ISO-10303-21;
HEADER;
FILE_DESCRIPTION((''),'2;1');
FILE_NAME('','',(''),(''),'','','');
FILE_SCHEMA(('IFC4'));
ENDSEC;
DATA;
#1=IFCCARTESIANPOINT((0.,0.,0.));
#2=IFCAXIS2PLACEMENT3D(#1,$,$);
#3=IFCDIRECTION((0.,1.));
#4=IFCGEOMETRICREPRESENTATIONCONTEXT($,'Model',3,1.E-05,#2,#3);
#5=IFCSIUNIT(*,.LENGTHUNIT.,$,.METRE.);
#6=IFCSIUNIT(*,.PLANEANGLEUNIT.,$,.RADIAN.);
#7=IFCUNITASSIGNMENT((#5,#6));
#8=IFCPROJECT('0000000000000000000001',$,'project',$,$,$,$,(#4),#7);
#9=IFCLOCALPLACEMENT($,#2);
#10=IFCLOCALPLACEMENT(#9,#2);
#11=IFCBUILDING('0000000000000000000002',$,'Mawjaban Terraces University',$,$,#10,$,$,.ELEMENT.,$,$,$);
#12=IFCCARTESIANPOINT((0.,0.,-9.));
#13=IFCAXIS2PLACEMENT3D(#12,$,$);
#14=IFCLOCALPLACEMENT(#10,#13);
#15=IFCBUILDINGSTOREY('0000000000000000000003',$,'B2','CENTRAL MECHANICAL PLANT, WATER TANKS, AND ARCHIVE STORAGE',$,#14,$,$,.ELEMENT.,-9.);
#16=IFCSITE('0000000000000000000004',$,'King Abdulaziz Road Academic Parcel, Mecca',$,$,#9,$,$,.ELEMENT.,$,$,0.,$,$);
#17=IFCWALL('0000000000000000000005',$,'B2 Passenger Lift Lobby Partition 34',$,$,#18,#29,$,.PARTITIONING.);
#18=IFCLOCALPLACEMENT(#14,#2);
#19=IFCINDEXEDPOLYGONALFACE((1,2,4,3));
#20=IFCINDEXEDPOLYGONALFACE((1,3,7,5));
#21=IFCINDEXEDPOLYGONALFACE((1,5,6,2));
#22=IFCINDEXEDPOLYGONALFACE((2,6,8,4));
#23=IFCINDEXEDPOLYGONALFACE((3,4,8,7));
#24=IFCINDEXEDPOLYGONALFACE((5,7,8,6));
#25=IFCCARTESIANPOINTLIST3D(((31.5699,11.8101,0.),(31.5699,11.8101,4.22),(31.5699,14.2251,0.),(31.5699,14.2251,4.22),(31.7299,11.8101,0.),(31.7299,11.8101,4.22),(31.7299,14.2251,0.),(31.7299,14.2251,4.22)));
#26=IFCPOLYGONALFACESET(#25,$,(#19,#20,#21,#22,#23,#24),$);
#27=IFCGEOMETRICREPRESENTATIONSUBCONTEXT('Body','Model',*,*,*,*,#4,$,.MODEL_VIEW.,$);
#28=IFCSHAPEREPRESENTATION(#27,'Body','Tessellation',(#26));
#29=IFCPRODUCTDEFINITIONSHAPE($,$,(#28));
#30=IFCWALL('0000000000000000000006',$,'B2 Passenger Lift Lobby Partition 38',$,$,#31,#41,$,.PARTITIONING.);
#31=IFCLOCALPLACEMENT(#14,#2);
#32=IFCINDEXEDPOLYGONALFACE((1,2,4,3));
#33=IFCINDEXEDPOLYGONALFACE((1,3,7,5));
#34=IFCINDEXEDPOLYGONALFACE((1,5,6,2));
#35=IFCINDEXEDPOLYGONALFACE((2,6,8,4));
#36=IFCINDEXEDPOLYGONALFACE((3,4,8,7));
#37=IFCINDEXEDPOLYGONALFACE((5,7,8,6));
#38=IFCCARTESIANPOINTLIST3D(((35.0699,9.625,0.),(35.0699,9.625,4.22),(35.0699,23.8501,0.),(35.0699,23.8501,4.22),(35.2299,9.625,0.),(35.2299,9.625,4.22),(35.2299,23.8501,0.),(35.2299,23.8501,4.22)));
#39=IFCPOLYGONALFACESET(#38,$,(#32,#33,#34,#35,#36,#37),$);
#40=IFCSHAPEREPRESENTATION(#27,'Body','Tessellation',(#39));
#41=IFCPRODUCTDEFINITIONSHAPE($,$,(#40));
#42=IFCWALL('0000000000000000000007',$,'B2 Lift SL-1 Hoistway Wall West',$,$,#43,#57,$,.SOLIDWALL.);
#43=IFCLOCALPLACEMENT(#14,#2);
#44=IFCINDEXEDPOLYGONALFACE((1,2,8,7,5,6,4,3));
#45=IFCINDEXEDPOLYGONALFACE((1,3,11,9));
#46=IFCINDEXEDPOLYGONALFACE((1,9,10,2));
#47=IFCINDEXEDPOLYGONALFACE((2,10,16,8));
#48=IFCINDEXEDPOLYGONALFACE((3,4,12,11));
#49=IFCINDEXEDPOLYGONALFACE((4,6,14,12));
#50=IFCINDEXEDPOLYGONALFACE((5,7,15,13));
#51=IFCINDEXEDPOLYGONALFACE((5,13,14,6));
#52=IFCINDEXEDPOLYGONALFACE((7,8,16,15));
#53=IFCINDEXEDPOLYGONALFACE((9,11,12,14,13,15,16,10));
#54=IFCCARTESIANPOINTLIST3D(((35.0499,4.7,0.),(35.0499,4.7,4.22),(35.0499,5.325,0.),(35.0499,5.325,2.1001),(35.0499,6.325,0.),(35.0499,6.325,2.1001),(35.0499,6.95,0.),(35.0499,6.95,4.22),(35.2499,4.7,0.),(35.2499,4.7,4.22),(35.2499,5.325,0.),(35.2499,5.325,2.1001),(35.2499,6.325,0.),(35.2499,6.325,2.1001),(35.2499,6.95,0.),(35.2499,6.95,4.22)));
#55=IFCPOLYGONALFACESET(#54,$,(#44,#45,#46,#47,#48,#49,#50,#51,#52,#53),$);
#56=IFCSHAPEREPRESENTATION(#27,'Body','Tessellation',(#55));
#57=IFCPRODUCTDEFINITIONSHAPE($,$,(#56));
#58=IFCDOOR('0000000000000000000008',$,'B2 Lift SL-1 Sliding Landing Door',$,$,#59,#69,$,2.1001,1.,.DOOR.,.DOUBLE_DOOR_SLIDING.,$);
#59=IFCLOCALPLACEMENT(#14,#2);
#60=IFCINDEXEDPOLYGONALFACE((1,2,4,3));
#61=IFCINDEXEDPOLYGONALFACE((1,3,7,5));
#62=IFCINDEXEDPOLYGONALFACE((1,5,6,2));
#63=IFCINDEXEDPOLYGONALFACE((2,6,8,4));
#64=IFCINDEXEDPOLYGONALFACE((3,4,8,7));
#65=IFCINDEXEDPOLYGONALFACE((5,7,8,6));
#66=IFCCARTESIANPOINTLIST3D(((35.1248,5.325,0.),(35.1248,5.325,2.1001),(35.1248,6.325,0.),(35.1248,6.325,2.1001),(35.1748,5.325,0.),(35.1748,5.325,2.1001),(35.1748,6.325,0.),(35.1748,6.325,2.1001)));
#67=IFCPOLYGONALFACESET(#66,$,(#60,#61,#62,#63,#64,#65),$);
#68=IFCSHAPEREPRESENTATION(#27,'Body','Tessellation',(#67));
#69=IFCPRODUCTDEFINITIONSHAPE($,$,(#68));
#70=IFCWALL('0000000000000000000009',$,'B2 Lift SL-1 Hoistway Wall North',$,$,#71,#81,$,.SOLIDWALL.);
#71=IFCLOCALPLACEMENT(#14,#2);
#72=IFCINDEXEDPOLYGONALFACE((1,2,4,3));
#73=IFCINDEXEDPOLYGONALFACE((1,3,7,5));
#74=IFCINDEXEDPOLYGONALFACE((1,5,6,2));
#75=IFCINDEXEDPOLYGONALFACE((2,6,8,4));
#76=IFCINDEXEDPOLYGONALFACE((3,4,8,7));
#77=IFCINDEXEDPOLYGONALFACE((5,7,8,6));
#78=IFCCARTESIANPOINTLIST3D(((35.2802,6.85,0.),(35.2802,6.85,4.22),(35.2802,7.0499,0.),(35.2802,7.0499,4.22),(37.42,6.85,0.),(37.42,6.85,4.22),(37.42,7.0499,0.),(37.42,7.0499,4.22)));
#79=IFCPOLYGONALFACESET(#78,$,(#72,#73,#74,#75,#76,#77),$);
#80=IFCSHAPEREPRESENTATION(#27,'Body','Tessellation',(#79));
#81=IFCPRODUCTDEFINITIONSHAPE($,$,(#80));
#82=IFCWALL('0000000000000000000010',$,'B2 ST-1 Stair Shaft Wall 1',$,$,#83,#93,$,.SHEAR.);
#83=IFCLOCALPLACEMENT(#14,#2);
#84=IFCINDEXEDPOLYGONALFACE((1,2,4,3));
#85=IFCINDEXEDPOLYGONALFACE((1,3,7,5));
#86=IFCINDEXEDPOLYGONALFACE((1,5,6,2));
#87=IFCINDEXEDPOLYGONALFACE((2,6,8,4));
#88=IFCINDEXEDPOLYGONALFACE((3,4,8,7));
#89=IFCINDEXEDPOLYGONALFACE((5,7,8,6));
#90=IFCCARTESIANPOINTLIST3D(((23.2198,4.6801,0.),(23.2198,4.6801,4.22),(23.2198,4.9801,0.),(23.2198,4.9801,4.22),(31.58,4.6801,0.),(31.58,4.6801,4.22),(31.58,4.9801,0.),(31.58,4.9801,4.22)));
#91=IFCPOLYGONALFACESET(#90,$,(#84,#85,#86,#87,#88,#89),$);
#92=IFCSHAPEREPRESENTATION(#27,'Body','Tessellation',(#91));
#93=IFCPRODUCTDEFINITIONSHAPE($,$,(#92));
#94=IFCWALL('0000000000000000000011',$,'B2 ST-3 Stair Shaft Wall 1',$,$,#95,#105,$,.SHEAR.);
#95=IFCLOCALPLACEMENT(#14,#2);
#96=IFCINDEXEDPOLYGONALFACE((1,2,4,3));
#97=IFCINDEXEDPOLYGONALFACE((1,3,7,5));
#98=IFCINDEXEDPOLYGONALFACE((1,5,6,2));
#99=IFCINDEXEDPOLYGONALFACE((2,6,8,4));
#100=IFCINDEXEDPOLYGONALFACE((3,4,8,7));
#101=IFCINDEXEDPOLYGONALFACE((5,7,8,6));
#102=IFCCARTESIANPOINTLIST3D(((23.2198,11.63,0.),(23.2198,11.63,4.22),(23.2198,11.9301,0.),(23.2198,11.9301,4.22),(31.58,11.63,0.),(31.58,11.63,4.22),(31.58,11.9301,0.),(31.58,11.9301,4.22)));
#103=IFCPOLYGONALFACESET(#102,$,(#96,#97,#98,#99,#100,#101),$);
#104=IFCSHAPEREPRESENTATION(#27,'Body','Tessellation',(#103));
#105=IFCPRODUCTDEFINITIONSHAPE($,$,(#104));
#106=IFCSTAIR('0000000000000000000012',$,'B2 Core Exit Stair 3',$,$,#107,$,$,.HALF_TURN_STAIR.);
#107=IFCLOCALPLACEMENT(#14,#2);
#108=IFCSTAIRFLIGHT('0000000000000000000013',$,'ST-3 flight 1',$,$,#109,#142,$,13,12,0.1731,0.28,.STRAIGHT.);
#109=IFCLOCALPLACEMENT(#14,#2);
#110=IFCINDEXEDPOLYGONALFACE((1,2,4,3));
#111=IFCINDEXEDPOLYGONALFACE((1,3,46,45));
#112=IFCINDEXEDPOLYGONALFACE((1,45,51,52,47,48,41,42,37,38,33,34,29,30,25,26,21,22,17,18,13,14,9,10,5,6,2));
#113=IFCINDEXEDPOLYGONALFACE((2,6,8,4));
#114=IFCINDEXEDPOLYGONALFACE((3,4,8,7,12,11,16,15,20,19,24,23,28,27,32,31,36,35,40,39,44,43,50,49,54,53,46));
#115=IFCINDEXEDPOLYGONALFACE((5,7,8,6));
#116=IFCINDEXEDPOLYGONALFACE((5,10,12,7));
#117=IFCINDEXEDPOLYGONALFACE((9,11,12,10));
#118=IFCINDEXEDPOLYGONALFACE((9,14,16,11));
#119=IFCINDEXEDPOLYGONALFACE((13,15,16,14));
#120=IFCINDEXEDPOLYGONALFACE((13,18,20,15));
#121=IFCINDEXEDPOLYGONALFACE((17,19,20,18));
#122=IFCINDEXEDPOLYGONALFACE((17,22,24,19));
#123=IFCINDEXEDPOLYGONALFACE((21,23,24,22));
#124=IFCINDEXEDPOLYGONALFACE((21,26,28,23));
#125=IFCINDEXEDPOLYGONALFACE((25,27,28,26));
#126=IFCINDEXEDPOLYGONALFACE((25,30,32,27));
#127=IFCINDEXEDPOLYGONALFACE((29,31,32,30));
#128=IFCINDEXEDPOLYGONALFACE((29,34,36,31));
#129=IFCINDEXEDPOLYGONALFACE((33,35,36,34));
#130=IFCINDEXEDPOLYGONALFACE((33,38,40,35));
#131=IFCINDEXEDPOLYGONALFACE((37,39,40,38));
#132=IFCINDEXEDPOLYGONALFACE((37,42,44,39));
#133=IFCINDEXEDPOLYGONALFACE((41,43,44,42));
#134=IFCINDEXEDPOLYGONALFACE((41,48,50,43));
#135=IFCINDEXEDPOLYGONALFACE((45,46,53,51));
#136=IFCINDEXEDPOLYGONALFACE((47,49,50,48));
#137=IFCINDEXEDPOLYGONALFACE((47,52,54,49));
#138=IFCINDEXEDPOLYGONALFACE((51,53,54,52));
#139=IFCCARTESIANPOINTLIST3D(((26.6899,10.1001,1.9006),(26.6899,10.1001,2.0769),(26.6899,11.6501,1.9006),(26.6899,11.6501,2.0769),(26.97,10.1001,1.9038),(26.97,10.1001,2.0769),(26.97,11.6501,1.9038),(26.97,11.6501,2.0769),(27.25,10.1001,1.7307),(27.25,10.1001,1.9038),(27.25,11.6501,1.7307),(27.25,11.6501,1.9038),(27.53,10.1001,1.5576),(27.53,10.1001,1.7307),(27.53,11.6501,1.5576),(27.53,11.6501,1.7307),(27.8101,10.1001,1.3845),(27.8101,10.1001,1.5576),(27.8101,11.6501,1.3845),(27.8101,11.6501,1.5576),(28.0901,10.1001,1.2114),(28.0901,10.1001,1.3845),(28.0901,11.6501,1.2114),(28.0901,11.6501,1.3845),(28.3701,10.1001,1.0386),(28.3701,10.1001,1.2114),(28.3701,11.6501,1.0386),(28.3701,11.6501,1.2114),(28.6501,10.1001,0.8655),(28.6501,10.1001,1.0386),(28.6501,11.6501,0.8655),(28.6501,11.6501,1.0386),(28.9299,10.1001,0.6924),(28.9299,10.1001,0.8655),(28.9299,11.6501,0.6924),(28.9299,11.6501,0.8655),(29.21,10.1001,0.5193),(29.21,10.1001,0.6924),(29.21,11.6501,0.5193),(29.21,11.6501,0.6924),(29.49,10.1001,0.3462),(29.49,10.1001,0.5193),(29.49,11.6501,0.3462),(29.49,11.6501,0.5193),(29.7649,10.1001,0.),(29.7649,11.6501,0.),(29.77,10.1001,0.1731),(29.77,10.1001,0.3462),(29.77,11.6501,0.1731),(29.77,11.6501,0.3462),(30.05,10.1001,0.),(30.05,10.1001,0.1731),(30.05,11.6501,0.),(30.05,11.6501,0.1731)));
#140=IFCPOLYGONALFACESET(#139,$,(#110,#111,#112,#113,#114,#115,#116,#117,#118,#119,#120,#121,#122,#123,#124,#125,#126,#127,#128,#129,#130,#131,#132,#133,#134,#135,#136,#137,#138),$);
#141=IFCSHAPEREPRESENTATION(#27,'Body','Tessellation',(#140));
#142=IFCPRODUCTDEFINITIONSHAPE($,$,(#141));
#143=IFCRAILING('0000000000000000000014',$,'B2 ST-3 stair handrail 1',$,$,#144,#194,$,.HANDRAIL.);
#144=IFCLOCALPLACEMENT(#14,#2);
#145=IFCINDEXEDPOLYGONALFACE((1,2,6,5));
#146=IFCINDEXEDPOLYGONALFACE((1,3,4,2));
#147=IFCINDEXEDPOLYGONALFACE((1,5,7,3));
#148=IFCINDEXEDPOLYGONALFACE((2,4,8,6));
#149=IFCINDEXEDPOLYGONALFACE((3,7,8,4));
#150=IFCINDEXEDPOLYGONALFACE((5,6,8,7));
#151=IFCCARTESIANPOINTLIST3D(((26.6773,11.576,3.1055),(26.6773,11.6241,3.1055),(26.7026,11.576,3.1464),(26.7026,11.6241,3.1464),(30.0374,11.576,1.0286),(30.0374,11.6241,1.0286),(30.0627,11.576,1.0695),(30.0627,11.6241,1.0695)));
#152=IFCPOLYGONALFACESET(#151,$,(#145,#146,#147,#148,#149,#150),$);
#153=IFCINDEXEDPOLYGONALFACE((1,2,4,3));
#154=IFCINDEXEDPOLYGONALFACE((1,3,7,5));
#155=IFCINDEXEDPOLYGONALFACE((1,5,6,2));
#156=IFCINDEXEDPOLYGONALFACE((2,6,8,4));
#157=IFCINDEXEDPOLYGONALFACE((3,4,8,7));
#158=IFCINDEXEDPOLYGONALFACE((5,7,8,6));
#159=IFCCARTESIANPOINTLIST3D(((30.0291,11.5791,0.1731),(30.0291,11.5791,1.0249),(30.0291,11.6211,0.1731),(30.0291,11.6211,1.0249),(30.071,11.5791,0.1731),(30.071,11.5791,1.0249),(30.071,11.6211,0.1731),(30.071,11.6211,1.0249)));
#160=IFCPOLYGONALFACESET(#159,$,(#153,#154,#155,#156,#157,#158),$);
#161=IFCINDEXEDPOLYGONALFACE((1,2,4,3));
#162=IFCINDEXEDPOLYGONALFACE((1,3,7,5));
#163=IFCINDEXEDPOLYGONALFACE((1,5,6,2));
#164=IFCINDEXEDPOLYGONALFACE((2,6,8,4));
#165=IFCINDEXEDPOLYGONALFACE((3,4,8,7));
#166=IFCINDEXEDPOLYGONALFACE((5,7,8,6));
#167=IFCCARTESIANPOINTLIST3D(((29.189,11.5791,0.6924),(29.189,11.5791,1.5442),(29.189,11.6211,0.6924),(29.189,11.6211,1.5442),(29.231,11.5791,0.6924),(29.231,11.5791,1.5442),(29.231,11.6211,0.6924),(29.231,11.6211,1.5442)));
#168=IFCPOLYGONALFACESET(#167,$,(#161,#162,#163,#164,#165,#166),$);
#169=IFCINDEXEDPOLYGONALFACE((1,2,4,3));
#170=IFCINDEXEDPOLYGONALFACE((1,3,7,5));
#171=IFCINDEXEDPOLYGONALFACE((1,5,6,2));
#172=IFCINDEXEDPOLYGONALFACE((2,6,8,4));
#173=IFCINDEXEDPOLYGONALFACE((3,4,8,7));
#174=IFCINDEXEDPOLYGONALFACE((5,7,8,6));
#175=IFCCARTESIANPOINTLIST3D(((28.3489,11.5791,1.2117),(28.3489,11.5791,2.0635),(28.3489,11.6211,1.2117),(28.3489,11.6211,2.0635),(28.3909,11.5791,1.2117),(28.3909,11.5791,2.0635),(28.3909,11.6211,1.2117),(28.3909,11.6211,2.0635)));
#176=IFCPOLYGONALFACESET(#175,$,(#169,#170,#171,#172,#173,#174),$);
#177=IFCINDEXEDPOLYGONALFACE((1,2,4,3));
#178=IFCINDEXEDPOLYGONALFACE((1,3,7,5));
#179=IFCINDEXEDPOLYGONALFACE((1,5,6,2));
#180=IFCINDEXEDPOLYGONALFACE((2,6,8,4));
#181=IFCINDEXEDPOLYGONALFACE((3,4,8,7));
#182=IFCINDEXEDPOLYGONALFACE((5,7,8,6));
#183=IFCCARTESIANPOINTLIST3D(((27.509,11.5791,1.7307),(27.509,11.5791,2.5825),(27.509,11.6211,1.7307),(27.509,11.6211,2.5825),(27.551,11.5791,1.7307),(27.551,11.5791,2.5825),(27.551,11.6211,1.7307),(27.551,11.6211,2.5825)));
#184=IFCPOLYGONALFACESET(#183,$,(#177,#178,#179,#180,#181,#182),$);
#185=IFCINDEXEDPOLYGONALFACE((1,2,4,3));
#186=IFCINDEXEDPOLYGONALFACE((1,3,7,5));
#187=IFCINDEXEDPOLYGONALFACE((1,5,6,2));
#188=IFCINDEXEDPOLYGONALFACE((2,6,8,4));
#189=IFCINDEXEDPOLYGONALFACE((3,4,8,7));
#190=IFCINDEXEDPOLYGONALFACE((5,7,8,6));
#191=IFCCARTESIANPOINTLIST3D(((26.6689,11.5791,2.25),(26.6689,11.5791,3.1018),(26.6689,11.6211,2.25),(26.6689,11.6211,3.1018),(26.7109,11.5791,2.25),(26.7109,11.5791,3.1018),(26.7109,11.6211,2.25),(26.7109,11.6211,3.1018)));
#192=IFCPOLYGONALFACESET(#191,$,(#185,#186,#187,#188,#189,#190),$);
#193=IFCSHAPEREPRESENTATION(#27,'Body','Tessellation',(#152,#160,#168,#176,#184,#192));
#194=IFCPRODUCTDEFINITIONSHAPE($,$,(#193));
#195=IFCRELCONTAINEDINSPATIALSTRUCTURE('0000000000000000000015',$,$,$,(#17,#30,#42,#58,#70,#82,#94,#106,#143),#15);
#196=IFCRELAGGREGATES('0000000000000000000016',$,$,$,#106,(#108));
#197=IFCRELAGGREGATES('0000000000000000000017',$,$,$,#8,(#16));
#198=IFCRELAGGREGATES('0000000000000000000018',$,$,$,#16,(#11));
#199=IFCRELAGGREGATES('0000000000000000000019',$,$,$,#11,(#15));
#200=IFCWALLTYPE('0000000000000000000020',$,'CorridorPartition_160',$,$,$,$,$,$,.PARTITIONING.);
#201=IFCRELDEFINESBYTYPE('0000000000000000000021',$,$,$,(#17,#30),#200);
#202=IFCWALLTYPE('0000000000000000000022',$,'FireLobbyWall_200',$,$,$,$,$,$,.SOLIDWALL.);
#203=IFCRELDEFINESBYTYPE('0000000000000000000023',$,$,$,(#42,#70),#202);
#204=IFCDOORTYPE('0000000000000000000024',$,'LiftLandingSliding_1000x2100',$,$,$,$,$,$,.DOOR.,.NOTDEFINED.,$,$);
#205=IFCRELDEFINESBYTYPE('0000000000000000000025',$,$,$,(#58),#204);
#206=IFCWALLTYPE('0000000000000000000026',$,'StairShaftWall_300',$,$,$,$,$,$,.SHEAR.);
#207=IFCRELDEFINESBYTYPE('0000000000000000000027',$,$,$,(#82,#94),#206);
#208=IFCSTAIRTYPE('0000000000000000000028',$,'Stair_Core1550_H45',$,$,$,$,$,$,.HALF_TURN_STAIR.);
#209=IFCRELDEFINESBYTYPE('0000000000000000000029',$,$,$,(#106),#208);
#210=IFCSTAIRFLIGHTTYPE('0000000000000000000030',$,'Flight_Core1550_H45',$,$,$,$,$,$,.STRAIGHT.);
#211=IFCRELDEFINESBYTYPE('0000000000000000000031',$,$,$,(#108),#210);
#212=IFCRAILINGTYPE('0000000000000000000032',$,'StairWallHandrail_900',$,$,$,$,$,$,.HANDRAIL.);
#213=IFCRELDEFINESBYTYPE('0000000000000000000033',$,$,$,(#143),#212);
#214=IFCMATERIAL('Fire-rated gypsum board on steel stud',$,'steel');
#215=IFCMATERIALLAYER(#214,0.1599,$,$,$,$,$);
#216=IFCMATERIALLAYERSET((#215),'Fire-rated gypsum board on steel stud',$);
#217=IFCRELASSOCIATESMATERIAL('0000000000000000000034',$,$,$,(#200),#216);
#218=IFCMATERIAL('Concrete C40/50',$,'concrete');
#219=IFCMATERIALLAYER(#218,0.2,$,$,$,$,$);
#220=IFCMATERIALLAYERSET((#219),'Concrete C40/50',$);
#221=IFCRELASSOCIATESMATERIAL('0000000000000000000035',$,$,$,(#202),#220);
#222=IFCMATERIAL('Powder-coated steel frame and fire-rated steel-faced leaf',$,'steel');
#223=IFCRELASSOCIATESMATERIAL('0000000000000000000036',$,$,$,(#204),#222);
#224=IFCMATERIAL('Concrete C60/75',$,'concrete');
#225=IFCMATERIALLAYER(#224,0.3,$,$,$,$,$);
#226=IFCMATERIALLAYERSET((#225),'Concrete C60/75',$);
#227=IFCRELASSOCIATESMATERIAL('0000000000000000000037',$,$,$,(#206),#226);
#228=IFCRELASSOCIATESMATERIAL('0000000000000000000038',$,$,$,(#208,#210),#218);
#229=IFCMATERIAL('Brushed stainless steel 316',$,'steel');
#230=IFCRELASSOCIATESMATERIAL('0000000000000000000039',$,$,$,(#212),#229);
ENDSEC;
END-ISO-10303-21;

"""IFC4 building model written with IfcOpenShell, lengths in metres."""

from ifc_helpers import new_model, si_unit, direction, frame, frame_2d, origin, origin_2d, place, context, subcontext, project, spatial, polyline, rectangle, outline, extrude, material, layer, layer_set, type_object, element, fill, aggregate, save


model = new_model("IFC4")

# Units and contexts
model_context = context("Model", 3, precision=1e-05, world=origin(), true_north=direction((0.0, 1.0)))
body_context = subcontext(model_context, "Body", "Model", "MODEL_VIEW")
ifc_project = project(units=[si_unit("LENGTHUNIT", "METRE"), si_unit("PLANEANGLEUNIT", "RADIAN")], contexts=[model_context])

# Site, building, storey
site_placement = place(None, origin())
site = spatial("IfcSite", under=ifc_project, at=site_placement, Name="King Abdulaziz Road Academic Parcel, Mecca", CompositionType="ELEMENT", RefElevation=0.0)
building_placement = place(site_placement, origin())
building = spatial("IfcBuilding", under=site, at=building_placement, Name="Mawjaban Terraces University", CompositionType="ELEMENT")
storey_placement = place(building_placement, frame((0.0, 0.0, -9.0)))
storey = spatial("IfcBuildingStorey", under=building, at=storey_placement, Name="B2", Description="CENTRAL MECHANICAL PLANT, WATER TANKS, AND ARCHIVE STORAGE", CompositionType="ELEMENT", Elevation=-9.0)

# Walls
ifc_material_1 = material(Name="Fire-rated gypsum board on steel stud", Category="steel")
ifc_layer_1 = layer(ifc_material_1, 0.1599)
ifc_layer_set_1 = layer_set([ifc_layer_1], Name="Fire-rated gypsum board on steel stud")
wall_type_1 = type_object("IfcWallType", Name="CorridorPartition_160", PredefinedType="PARTITIONING", material=ifc_layer_set_1)
wall_1_placement = place(storey_placement, frame((31.6499, 14.2251, 0.0), z_axis=(0.0, 0.0, 1.0), x_axis=(0.0, -1.0, 0.0)))
element("IfcWall", 1, at=wall_1_placement, inside=storey, type_object=wall_type_1, Name="B2 Passenger Lift Lobby Partition 34", PredefinedType="PARTITIONING", context=body_context, shape_type="SweptSolid", body=[
    extrude(rectangle(XDim=2.415, YDim=0.1599, at=frame_2d((1.2075, 0.0))), origin(), (0.0, 0.0, 1.0), 4.22),
])
wall_2_placement = place(storey_placement, frame((35.1499, 9.625, 0.0), z_axis=(0.0, 0.0, 1.0), x_axis=(0.0, 1.0, 0.0)))
element("IfcWall", 2, at=wall_2_placement, inside=storey, type_object=wall_type_1, Name="B2 Passenger Lift Lobby Partition 38", PredefinedType="PARTITIONING", context=body_context, shape_type="SweptSolid", body=[
    extrude(rectangle(XDim=14.2251, YDim=0.1599, at=frame_2d((7.1125, 0.0))), origin(), (0.0, 0.0, 1.0), 4.22),
])

# Wall, opening, door
ifc_material_2 = material(Name="Concrete C40/50", Category="concrete")
ifc_layer_2 = layer(ifc_material_2, 0.2)
ifc_layer_set_2 = layer_set([ifc_layer_2], Name="Concrete C40/50")
wall_type_2 = type_object("IfcWallType", Name="FireLobbyWall_200", PredefinedType="SOLIDWALL", material=ifc_layer_set_2)
wall_3_placement = place(storey_placement, frame((35.1499, 6.95, 0.0), z_axis=(0.0, 0.0, 1.0), x_axis=(0.0, -1.0, 0.0)))
wall_3 = element("IfcWall", 3, at=wall_3_placement, inside=storey, type_object=wall_type_2, Name="B2 Lift SL-1 Hoistway Wall West", PredefinedType="SOLIDWALL", context=body_context, shape_type="SweptSolid", body=[
    extrude(rectangle(XDim=2.25, YDim=0.2, at=frame_2d((1.125, 0.0))), origin(), (0.0, 0.0, 1.0), 4.22),
])
opening_1_placement = place(wall_3_placement, frame((0.625, 0.0, 0.0)))
opening_1 = element("IfcOpeningElement", 4, at=opening_1_placement, cuts=wall_3, PredefinedType="OPENING", context=body_context, shape_type="SweptSolid", body=[
    extrude(rectangle(XDim=1.0, YDim=2.1001, at=frame_2d((0.5, 1.05))), frame((0.0, 0.1099, 0.0), z_axis=(0.0, -1.0, 0.0), x_axis=(1.0, 0.0, 0.0)), (0.0, 0.0, 1.0), 0.22),
])
ifc_material_3 = material(Name="Powder-coated steel frame and fire-rated steel-faced leaf", Category="steel")
door_type_1 = type_object("IfcDoorType", Name="LiftLandingSliding_1000x2100", OperationType="NOTDEFINED", PredefinedType="DOOR", material=ifc_material_3)
door_1_placement = place(opening_1_placement, origin())
door_1 = element("IfcDoor", 5, at=door_1_placement, inside=storey, type_object=door_type_1, Name="B2 Lift SL-1 Sliding Landing Door", OperationType="DOUBLE_DOOR_SLIDING", OverallHeight=2.1001, OverallWidth=1.0, PredefinedType="DOOR", context=body_context, shape_type="SweptSolid", body=[
    extrude(rectangle(XDim=1.0, YDim=2.1001, at=frame_2d((0.5, 1.05))), frame((0.0, 0.0249, 0.0), z_axis=(0.0, -1.0, 0.0), x_axis=(1.0, 0.0, 0.0)), (0.0, 0.0, 1.0), 0.05),
])
fill(opening_1, door_1)

# Walls
wall_4_placement = place(storey_placement, frame((37.4199, 6.95, 0.0), z_axis=(0.0, 0.0, 1.0), x_axis=(-1.0, 0.0, 0.0)))
element("IfcWall", 6, at=wall_4_placement, inside=storey, type_object=wall_type_2, Name="B2 Lift SL-1 Hoistway Wall North", PredefinedType="SOLIDWALL", context=body_context, shape_type="SweptSolid", body=[
    extrude(rectangle(XDim=2.1399, YDim=0.2, at=frame_2d((1.0698, 0.0))), origin(), (0.0, 0.0, 1.0), 4.22),
])
ifc_material_4 = material(Name="Concrete C60/75", Category="concrete")
ifc_layer_3 = layer(ifc_material_4, 0.3)
ifc_layer_set_3 = layer_set([ifc_layer_3], Name="Concrete C60/75")
wall_type_3 = type_object("IfcWallType", Name="StairShaftWall_300", PredefinedType="SHEAR", material=ifc_layer_set_3)
for number, where, z_axis, x_axis, name in (
    (7, (31.5801, 4.8301, 0.0), (0.0, 0.0, 1.0), (-1.0, 0.0, 0.0), "B2 ST-1 Stair Shaft Wall 1"),
    (8, (31.5801, 11.78, 0.0), (0.0, 0.0, 1.0), (-1.0, 0.0, 0.0), "B2 ST-3 Stair Shaft Wall 1"),
):
    element("IfcWall", number, at=place(storey_placement, frame(where, z_axis=z_axis, x_axis=x_axis)), inside=storey, type_object=wall_type_3, Name=name, PredefinedType="SHEAR", context=body_context, shape_type="SweptSolid", body=[
        extrude(rectangle(XDim=8.3601, YDim=0.3, at=frame_2d((4.1802, 0.0))), origin(), (0.0, 0.0, 1.0), 4.22),
    ])

# Stair, stair flight
stair_type = type_object("IfcStairType", Name="Stair_Core1550_H45", PredefinedType="HALF_TURN_STAIR", material=ifc_material_2)
stair_placement = place(storey_placement, origin())
stair = element("IfcStair", 9, at=stair_placement, inside=storey, type_object=stair_type, Name="B2 Core Exit Stair 3", PredefinedType="HALF_TURN_STAIR")
stair_flight_type = type_object("IfcStairFlightType", Name="Flight_Core1550_H45", PredefinedType="STRAIGHT", material=ifc_material_2)
stair_flight_placement = place(storey_placement, frame((30.05, 10.875, 0.0), z_axis=(0.0, 0.0, 1.0), x_axis=(-1.0, 0.0, 0.0)))
stair_flight = element("IfcStairFlight", 10, at=stair_flight_placement, type_object=stair_flight_type, Name="ST-3 flight 1", NumberOfRisers=13, NumberOfTreads=12, PredefinedType="STRAIGHT", RiserHeight=0.1731, TreadLength=0.28, context=body_context, shape_type="SweptSolid", body=[
    extrude(outline(polyline([(0.0, 0.0), (0.0, 0.1731), (0.28, 0.1731), (0.28, 0.3462), (0.5601, 0.3462), (0.5601, 0.5193), (0.8401, 0.5193), (0.8401, 0.6924), (1.1201, 0.6924), (1.1201, 0.8655), (1.3999, 0.8655), (1.3999, 1.0386), (1.6799, 1.0386), (1.6799, 1.2114), (1.96, 1.2114), (1.96, 1.3845), (2.24, 1.3845), (2.24, 1.5576), (2.52, 1.5576), (2.52, 1.7307), (2.8, 1.7307), (2.8, 1.9038), (3.0801, 1.9038), (3.0801, 2.0769), (3.3601, 2.0769), (3.3601, 2.25), (3.3601, 1.9006), (0.2852, 0.0), (0.0, 0.0)])), frame((0.0, 0.7749, 0.0), z_axis=(0.0, -1.0, 0.0), x_axis=(1.0, 0.0, 0.0)), (0.0, 0.0, 1.0), 1.55),
])
aggregate(stair, [stair_flight])

# Railing
ifc_material_5 = material(Name="Brushed stainless steel 316", Category="steel")
railing_type_1 = type_object("IfcRailingType", Name="StairWallHandrail_900", PredefinedType="HANDRAIL", material=ifc_material_5)
railing_1_placement = place(storey_placement, frame((30.05, 11.6001, 0.1731)))
element("IfcRailing", 11, at=railing_1_placement, inside=storey, type_object=railing_type_1, Name="B2 ST-3 stair handrail 1", PredefinedType="HANDRAIL", context=body_context, shape_type="SweptSolid", body=[
    extrude(rectangle(XDim=0.0481, YDim=0.0481, at=origin_2d()), frame((0.0, 0.0, 0.876), z_axis=(-0.850623, 0.0, 0.525776), x_axis=(0.0, -1.0, 0.0)), (0.0, 0.0, 1.0), 3.9502),
    extrude(rectangle(XDim=0.042, YDim=0.042, at=origin_2d()), origin(), (0.0, 0.0, 1.0), 0.8518),
    extrude(rectangle(XDim=0.042, YDim=0.042, at=origin_2d()), frame((-0.8401, 0.0, 0.5193)), (0.0, 0.0, 1.0), 0.8518),
    extrude(rectangle(XDim=0.042, YDim=0.042, at=origin_2d()), frame((-1.6802, 0.0, 1.0386)), (0.0, 0.0, 1.0), 0.8518),
    extrude(rectangle(XDim=0.042, YDim=0.042, at=origin_2d()), frame((-2.52, 0.0, 1.5576)), (0.0, 0.0, 1.0), 0.8518),
    extrude(rectangle(XDim=0.042, YDim=0.042, at=origin_2d()), frame((-3.3601, 0.0, 2.0769)), (0.0, 0.0, 1.0), 0.8518),
])

save(model, "model.ifc")
